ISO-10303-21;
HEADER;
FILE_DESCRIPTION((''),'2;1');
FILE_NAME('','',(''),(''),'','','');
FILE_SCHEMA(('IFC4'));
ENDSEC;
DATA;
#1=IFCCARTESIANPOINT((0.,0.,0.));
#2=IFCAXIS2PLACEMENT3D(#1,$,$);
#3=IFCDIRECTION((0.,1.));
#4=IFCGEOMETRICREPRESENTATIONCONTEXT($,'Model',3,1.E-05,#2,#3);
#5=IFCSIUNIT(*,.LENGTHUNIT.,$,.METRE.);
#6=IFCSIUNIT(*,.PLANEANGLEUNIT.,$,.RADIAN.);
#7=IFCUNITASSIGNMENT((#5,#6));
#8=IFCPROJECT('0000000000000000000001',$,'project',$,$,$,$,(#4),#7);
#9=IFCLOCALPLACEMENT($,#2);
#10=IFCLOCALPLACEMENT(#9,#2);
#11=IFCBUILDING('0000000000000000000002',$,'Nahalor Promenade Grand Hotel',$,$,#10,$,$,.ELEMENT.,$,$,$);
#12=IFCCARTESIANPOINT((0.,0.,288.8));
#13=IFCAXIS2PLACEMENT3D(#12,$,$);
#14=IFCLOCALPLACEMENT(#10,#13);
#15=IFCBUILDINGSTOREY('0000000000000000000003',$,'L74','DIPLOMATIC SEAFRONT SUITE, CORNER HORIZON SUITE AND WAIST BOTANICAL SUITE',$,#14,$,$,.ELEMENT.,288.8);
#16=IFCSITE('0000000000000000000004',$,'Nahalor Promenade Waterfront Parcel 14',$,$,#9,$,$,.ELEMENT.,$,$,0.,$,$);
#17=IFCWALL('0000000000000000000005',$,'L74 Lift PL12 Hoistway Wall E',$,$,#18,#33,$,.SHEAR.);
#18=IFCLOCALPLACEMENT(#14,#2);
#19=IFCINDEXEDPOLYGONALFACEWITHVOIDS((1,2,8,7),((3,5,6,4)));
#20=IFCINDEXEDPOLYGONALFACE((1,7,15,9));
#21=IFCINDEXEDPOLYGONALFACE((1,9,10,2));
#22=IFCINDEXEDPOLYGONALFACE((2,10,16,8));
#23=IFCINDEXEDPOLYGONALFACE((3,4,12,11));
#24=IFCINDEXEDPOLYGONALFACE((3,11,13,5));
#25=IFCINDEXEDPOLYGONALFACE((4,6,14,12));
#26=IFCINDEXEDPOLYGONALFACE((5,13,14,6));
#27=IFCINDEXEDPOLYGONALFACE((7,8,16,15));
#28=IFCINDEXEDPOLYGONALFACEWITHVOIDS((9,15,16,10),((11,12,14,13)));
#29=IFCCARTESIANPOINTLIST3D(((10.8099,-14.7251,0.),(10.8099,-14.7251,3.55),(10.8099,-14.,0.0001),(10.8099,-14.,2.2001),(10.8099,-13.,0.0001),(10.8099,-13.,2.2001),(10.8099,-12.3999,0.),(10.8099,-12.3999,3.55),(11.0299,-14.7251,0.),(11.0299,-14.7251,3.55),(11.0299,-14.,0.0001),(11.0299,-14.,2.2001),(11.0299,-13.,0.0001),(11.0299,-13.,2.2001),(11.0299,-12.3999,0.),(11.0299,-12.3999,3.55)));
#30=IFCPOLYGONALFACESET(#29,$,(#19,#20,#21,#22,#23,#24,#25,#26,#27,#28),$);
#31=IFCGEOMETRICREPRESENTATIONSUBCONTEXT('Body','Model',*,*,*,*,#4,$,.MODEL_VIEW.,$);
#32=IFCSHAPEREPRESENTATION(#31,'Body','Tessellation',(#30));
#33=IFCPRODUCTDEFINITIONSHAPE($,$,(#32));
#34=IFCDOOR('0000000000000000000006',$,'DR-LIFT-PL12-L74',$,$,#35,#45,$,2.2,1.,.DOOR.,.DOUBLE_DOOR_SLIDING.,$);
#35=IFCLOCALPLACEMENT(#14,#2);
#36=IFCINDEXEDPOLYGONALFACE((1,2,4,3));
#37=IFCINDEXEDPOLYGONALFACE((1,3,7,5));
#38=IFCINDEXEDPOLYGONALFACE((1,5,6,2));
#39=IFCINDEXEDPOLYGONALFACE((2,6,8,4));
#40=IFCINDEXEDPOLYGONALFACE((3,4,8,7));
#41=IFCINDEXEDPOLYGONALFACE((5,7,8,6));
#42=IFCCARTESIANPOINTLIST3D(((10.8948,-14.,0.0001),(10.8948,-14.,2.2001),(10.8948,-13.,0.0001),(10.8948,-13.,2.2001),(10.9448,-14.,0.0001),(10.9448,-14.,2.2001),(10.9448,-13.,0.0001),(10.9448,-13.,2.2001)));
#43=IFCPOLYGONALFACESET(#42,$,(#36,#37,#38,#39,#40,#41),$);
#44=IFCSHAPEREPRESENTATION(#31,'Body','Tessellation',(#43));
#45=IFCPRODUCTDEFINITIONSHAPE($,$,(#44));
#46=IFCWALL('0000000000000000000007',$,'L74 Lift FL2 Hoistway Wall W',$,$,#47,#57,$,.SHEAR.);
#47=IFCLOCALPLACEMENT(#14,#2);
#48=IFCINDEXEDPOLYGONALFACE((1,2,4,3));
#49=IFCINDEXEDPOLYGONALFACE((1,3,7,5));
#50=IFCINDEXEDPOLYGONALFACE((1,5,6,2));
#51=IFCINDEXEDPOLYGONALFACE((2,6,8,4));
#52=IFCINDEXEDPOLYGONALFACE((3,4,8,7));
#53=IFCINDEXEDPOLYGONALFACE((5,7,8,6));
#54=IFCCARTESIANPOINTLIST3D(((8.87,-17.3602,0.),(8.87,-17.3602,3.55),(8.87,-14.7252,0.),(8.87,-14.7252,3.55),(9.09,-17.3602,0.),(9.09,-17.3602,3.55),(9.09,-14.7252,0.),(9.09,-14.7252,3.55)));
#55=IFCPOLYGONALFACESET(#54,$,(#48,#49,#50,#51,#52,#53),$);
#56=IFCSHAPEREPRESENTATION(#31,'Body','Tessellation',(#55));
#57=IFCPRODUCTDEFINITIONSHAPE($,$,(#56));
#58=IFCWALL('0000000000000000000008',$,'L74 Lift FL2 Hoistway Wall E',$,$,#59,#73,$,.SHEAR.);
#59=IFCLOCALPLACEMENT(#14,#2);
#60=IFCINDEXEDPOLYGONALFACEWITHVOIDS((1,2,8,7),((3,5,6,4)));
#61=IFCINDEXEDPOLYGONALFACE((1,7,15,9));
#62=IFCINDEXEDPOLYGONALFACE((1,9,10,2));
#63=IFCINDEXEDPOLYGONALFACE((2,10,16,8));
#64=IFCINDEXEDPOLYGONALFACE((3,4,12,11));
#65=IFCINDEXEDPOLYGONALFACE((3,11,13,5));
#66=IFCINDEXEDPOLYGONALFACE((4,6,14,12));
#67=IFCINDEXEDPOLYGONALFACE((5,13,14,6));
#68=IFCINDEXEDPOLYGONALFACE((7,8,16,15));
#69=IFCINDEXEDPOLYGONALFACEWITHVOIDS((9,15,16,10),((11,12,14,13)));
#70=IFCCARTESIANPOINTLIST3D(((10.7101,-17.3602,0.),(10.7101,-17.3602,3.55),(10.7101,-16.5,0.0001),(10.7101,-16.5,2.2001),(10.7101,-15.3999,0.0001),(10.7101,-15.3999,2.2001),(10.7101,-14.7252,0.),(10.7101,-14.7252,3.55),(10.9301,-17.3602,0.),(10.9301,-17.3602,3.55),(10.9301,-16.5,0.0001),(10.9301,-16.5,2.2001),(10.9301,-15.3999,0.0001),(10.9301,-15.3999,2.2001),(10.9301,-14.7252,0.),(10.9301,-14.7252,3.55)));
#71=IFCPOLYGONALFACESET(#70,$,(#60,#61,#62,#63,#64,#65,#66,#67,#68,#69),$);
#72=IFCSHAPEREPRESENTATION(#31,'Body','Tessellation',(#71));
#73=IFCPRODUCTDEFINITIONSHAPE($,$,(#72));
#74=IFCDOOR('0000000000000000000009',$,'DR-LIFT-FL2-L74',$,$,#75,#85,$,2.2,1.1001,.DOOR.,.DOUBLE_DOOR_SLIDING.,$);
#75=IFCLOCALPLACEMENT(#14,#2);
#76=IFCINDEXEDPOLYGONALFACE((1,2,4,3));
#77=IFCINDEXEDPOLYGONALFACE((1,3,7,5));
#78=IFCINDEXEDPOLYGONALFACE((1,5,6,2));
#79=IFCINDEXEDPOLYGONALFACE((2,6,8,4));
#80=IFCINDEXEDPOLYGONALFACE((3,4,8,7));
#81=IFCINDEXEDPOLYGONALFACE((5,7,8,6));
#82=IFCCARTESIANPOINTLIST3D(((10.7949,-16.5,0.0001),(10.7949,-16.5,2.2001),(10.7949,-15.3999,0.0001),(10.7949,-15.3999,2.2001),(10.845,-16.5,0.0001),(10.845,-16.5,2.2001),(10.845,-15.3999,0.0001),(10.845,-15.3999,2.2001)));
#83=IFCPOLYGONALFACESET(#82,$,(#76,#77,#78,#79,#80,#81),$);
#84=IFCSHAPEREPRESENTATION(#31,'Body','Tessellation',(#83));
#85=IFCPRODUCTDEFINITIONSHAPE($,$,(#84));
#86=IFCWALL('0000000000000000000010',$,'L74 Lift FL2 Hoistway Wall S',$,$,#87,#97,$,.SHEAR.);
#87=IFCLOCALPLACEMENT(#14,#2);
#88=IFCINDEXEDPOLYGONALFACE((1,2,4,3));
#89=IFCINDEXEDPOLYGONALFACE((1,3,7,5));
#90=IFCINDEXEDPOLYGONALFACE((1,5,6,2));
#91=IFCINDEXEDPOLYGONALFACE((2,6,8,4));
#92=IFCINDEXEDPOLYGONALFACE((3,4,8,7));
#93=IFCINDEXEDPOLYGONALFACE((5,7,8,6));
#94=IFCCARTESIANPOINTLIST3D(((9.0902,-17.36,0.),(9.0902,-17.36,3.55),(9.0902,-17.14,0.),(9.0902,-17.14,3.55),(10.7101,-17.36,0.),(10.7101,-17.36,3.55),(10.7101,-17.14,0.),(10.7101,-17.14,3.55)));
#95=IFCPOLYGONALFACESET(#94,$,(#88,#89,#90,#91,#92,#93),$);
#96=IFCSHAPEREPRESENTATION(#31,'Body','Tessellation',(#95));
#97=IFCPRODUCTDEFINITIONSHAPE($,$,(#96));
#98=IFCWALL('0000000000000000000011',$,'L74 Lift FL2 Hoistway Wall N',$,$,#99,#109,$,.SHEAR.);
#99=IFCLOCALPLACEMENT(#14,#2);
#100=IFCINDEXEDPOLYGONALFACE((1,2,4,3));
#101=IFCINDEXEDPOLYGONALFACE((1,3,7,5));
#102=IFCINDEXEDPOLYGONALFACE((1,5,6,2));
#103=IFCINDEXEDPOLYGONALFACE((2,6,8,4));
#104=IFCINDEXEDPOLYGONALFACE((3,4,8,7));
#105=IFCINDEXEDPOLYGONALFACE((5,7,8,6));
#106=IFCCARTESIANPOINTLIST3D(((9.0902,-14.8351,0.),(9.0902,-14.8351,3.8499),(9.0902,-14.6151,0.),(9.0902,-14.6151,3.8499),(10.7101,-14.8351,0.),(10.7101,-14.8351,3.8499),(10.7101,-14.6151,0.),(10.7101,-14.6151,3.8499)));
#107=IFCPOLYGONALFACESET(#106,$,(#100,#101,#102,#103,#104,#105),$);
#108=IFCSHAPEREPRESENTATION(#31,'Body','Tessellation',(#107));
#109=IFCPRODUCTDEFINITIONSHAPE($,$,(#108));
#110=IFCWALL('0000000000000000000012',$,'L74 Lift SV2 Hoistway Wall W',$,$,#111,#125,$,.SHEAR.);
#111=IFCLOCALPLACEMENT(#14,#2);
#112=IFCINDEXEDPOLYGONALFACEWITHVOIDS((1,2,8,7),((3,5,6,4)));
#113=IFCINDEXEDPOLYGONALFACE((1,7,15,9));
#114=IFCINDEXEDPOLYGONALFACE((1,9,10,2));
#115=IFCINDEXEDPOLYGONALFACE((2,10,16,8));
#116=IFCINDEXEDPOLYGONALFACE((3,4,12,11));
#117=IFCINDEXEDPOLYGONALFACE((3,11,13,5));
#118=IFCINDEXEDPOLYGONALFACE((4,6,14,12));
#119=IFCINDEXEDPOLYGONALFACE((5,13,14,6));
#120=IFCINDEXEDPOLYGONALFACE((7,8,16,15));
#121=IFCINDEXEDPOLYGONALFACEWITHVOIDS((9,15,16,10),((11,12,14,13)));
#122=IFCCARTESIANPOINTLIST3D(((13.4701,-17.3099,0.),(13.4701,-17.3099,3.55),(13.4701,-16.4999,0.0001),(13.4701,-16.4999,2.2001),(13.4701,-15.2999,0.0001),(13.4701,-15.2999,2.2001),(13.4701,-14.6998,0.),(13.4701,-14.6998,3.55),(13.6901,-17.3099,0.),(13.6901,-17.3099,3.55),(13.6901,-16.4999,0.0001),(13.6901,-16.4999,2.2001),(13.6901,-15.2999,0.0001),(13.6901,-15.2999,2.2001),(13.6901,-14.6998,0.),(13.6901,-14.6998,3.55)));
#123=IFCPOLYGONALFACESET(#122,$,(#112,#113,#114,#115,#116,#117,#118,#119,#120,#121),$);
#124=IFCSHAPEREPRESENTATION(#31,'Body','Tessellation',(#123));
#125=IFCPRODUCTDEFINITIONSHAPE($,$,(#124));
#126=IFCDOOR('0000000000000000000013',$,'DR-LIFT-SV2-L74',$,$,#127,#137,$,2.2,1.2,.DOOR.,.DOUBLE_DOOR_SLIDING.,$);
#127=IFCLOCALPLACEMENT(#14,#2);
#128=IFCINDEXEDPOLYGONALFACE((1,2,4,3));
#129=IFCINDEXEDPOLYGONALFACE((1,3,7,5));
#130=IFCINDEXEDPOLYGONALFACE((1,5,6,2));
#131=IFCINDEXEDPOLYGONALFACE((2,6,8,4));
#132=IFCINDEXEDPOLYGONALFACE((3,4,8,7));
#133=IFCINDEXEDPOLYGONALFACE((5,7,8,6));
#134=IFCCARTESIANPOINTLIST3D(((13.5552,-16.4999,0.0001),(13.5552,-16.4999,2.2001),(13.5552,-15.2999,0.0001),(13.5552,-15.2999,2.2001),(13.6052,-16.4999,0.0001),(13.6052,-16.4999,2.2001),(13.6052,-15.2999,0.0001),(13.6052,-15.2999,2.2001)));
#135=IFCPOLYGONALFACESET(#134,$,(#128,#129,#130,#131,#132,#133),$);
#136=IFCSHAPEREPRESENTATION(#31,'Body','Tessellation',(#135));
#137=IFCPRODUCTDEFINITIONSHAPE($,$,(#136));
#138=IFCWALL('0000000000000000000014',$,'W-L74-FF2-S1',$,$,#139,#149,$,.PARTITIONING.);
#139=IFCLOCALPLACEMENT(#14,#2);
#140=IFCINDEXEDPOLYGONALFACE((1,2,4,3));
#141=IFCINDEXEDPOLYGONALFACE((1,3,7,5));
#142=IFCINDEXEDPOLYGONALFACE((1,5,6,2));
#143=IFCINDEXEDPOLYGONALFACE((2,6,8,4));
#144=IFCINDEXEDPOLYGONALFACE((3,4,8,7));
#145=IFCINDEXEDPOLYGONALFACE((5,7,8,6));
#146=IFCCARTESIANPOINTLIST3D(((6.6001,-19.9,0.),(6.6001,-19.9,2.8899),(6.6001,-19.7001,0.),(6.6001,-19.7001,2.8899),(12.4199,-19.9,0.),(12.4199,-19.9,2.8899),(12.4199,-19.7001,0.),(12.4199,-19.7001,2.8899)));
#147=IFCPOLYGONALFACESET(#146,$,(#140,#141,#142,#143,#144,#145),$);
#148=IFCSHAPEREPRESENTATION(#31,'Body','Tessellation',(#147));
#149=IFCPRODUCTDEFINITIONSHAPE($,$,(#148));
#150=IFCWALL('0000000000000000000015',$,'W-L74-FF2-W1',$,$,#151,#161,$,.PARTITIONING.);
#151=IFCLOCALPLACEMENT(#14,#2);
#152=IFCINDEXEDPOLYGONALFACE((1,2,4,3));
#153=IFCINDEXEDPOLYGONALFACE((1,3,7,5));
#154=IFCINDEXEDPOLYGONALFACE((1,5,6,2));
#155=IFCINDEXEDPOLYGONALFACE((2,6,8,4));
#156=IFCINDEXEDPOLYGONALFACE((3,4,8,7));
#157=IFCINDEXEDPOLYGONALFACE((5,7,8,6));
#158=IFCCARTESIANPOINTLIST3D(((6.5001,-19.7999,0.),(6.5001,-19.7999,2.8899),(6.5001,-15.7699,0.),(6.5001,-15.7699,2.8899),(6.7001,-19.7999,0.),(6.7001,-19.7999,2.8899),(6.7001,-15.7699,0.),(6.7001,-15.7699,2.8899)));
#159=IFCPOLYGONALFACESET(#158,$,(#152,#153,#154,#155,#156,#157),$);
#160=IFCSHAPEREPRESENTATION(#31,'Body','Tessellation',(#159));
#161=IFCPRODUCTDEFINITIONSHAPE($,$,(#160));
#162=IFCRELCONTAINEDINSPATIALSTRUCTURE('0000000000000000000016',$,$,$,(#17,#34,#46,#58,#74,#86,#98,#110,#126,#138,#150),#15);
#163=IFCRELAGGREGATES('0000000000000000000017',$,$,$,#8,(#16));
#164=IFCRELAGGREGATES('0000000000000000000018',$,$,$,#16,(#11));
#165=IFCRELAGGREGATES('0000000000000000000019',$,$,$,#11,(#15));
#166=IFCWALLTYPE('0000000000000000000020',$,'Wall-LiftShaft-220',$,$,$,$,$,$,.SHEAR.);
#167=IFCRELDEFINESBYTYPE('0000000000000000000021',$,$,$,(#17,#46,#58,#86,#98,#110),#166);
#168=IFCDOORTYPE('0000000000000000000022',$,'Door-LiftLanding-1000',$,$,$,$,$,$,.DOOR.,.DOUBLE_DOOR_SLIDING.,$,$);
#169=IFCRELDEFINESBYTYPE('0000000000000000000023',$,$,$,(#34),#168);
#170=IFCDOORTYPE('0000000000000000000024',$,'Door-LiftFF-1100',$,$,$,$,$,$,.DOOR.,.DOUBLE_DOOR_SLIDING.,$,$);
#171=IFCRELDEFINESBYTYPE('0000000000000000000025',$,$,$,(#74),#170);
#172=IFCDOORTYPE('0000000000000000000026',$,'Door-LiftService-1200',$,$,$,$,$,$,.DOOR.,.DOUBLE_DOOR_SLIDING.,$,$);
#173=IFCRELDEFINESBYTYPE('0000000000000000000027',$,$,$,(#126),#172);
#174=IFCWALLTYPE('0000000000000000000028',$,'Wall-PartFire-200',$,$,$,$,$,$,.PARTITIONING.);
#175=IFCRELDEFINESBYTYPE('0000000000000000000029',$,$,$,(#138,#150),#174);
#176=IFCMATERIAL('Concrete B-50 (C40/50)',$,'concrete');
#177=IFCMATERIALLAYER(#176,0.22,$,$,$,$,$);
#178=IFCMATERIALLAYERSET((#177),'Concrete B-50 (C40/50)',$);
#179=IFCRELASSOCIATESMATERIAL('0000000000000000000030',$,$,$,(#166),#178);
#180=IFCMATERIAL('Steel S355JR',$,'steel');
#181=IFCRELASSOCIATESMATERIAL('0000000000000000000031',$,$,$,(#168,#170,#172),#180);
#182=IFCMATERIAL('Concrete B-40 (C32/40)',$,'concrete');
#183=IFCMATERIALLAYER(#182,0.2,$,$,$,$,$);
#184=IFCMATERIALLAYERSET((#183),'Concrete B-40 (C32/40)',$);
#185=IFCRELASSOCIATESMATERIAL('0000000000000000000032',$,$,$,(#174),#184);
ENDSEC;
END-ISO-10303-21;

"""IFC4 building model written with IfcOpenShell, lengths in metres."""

from ifc_helpers import new_model, si_unit, direction, frame, frame_2d, origin, place, context, subcontext, project, spatial, rectangle, extrude, source, transform, mapped, material, layer, layer_set, type_object, element, fill, save


model = new_model("IFC4")

# Units and contexts
model_context = context("Model", 3, precision=1e-05, world=origin(), true_north=direction((0.0, 1.0)))
body_context = subcontext(model_context, "Body", "Model", "MODEL_VIEW")
ifc_project = project(units=[si_unit("LENGTHUNIT", "METRE"), si_unit("PLANEANGLEUNIT", "RADIAN")], contexts=[model_context])

# Site, building, storey
site_placement = place(None, origin())
site = spatial("IfcSite", under=ifc_project, at=site_placement, Name="Nahalor Promenade Waterfront Parcel 14", CompositionType="ELEMENT", RefElevation=0.0)
building_placement = place(site_placement, origin())
building = spatial("IfcBuilding", under=site, at=building_placement, Name="Nahalor Promenade Grand Hotel", CompositionType="ELEMENT")
storey_placement = place(building_placement, frame((0.0, 0.0, 288.8)))
storey = spatial("IfcBuildingStorey", under=building, at=storey_placement, Name="L74", Description="DIPLOMATIC SEAFRONT SUITE, CORNER HORIZON SUITE AND WAIST BOTANICAL SUITE", CompositionType="ELEMENT", Elevation=288.8)

# Shared definitions
ifc_material_1 = material(Name="Concrete B-50 (C40/50)", Category="concrete")
ifc_material_2 = material(Name="Steel S355JR", Category="steel")

# Shared definitions
ifc_layer_1 = layer(ifc_material_1, 0.22)
ifc_layer_set_1 = layer_set([ifc_layer_1], Name="Concrete B-50 (C40/50)")
wall_type_1 = type_object("IfcWallType", Name="Wall-LiftShaft-220", PredefinedType="SHEAR", material=ifc_layer_set_1)
shared_shape_1 = source(origin(), body_context, "Body", "SweptSolid", [
    extrude(rectangle(XDim=2.3252, YDim=0.22, at=frame_2d((1.1626, 0.0))), origin(), (0.0, 0.0, 1.0), 3.55),
])

# Wall, opening, door
wall_1_placement = place(storey_placement, frame((10.9199, -14.7251, 0.0), z_axis=(0.0, 0.0, 1.0), x_axis=(0.0, 1.0, 0.0)))
wall_1 = element("IfcWall", 1, at=wall_1_placement, inside=storey, type_object=wall_type_1, Name="L74 Lift PL12 Hoistway Wall E", PredefinedType="SHEAR", context=body_context, shape_type="MappedRepresentation", body=[
    mapped(shared_shape_1, transform((0.0, 0.0, 0.0), scale=1.0)),
])
opening_1_placement = place(wall_1_placement, frame((0.7251, 0.0, 0.0)))
opening_1 = element("IfcOpeningElement", 2, at=opening_1_placement, cuts=wall_1, PredefinedType="OPENING", context=body_context, shape_type="SweptSolid", body=[
    extrude(rectangle(XDim=1.0, YDim=2.2, at=frame_2d((0.5, 1.1001))), frame((0.0, 0.1199, 0.0), z_axis=(0.0, -1.0, 0.0), x_axis=(1.0, 0.0, 0.0)), (0.0, 0.0, 1.0), 0.24),
])
door_type_1 = type_object("IfcDoorType", Name="Door-LiftLanding-1000", OperationType="DOUBLE_DOOR_SLIDING", PredefinedType="DOOR", material=ifc_material_2)
shared_shape_2 = source(origin(), body_context, "Body", "SweptSolid", [
    extrude(rectangle(XDim=1.0, YDim=2.2, at=frame_2d((0.5, 1.1001))), frame((0.0, 0.0249, 0.0), z_axis=(0.0, -1.0, 0.0), x_axis=(1.0, 0.0, 0.0)), (0.0, 0.0, 1.0), 0.05),
])
door_1_placement = place(opening_1_placement, frame((1.0, 0.0, 0.0), z_axis=(0.0, 0.0, 1.0), x_axis=(-1.0, 0.0, 0.0)))
door_1 = element("IfcDoor", 3, at=door_1_placement, inside=storey, type_object=door_type_1, Name="DR-LIFT-PL12-L74", OperationType="DOUBLE_DOOR_SLIDING", OverallHeight=2.2, OverallWidth=1.0, PredefinedType="DOOR", context=body_context, shape_type="MappedRepresentation", body=[
    mapped(shared_shape_2, transform((0.0, 0.0, 0.0), scale=1.0)),
])
fill(opening_1, door_1)

# Wall
shared_shape_3 = source(origin(), body_context, "Body", "SweptSolid", [
    extrude(rectangle(XDim=2.635, YDim=0.22, at=frame_2d((1.3174, 0.0))), origin(), (0.0, 0.0, 1.0), 3.55),
])
wall_2_placement = place(storey_placement, frame((8.98, -17.3601, 0.0), z_axis=(0.0, 0.0, 1.0), x_axis=(0.0, 1.0, 0.0)))
element("IfcWall", 4, at=wall_2_placement, inside=storey, type_object=wall_type_1, Name="L74 Lift FL2 Hoistway Wall W", PredefinedType="SHEAR", context=body_context, shape_type="MappedRepresentation", body=[
    mapped(shared_shape_3, transform((0.0, 0.0, 0.0), scale=1.0)),
])

# Wall, opening, door
wall_3_placement = place(storey_placement, frame((10.8201, -17.3601, 0.0), z_axis=(0.0, 0.0, 1.0), x_axis=(0.0, 1.0, 0.0)))
wall_3 = element("IfcWall", 5, at=wall_3_placement, inside=storey, type_object=wall_type_1, Name="L74 Lift FL2 Hoistway Wall E", PredefinedType="SHEAR", context=body_context, shape_type="MappedRepresentation", body=[
    mapped(shared_shape_3, transform((0.0, 0.0, 0.0), scale=1.0)),
])
opening_2_placement = place(wall_3_placement, frame((0.8601, 0.0, 0.0)))
opening_2 = element("IfcOpeningElement", 6, at=opening_2_placement, cuts=wall_3, PredefinedType="OPENING", context=body_context, shape_type="SweptSolid", body=[
    extrude(rectangle(XDim=1.1001, YDim=2.2, at=frame_2d((0.55, 1.1001))), frame((0.0, 0.1199, 0.0), z_axis=(0.0, -1.0, 0.0), x_axis=(1.0, 0.0, 0.0)), (0.0, 0.0, 1.0), 0.24),
])
door_type_2 = type_object("IfcDoorType", Name="Door-LiftFF-1100", OperationType="DOUBLE_DOOR_SLIDING", PredefinedType="DOOR", material=ifc_material_2)
shared_shape_4 = source(origin(), body_context, "Body", "SweptSolid", [
    extrude(rectangle(XDim=1.1001, YDim=2.2, at=frame_2d((0.55, 1.1001))), frame((0.0, 0.0249, 0.0), z_axis=(0.0, -1.0, 0.0), x_axis=(1.0, 0.0, 0.0)), (0.0, 0.0, 1.0), 0.05),
])
door_2_placement = place(opening_2_placement, frame((1.1001, 0.0, 0.0), z_axis=(0.0, 0.0, 1.0), x_axis=(-1.0, 0.0, 0.0)))
door_2 = element("IfcDoor", 7, at=door_2_placement, inside=storey, type_object=door_type_2, Name="DR-LIFT-FL2-L74", OperationType="DOUBLE_DOOR_SLIDING", OverallHeight=2.2, OverallWidth=1.1001, PredefinedType="DOOR", context=body_context, shape_type="MappedRepresentation", body=[
    mapped(shared_shape_4, transform((0.0, 0.0, 0.0), scale=1.0)),
])
fill(opening_2, door_2)

# Walls
shared_shape_5 = source(origin(), body_context, "Body", "SweptSolid", [
    extrude(rectangle(XDim=1.6199, YDim=0.22, at=frame_2d((0.8101, 0.0))), origin(), (0.0, 0.0, 1.0), 3.55),
])
wall_4_placement = place(storey_placement, frame((9.0901, -17.25, 0.0), z_axis=(0.0, 0.0, 1.0), x_axis=(1.0, 0.0, 0.0)))
element("IfcWall", 8, at=wall_4_placement, inside=storey, type_object=wall_type_1, Name="L74 Lift FL2 Hoistway Wall S", PredefinedType="SHEAR", context=body_context, shape_type="MappedRepresentation", body=[
    mapped(shared_shape_5, transform((0.0, 0.0, 0.0), scale=1.0)),
])
shared_shape_6 = source(origin(), body_context, "Body", "SweptSolid", [
    extrude(rectangle(XDim=1.6199, YDim=0.22, at=frame_2d((0.8101, 0.0))), origin(), (0.0, 0.0, 1.0), 3.8499),
])
wall_5_placement = place(storey_placement, frame((9.0901, -14.7251, 0.0), z_axis=(0.0, 0.0, 1.0), x_axis=(1.0, 0.0, 0.0)))
element("IfcWall", 9, at=wall_5_placement, inside=storey, type_object=wall_type_1, Name="L74 Lift FL2 Hoistway Wall N", PredefinedType="SHEAR", context=body_context, shape_type="MappedRepresentation", body=[
    mapped(shared_shape_6, transform((0.0, 0.0, 0.0), scale=1.0)),
])

# Wall, opening, door
shared_shape_7 = source(origin(), body_context, "Body", "SweptSolid", [
    extrude(rectangle(XDim=2.6101, YDim=0.22, at=frame_2d((1.3052, 0.0))), origin(), (0.0, 0.0, 1.0), 3.55),
])
wall_6_placement = place(storey_placement, frame((13.5801, -17.3101, 0.0), z_axis=(0.0, 0.0, 1.0), x_axis=(0.0, 1.0, 0.0)))
wall_6 = element("IfcWall", 10, at=wall_6_placement, inside=storey, type_object=wall_type_1, Name="L74 Lift SV2 Hoistway Wall W", PredefinedType="SHEAR", context=body_context, shape_type="MappedRepresentation", body=[
    mapped(shared_shape_7, transform((0.0, 0.0, 0.0), scale=1.0)),
])
opening_3_placement = place(wall_6_placement, frame((0.8101, 0.0, 0.0)))
opening_3 = element("IfcOpeningElement", 11, at=opening_3_placement, cuts=wall_6, PredefinedType="OPENING", context=body_context, shape_type="SweptSolid", body=[
    extrude(rectangle(XDim=1.2, YDim=2.2, at=frame_2d((0.6001, 1.1001))), frame((0.0, 0.1199, 0.0), z_axis=(0.0, -1.0, 0.0), x_axis=(1.0, 0.0, 0.0)), (0.0, 0.0, 1.0), 0.24),
])
door_type_3 = type_object("IfcDoorType", Name="Door-LiftService-1200", OperationType="DOUBLE_DOOR_SLIDING", PredefinedType="DOOR", material=ifc_material_2)
shared_shape_8 = source(origin(), body_context, "Body", "SweptSolid", [
    extrude(rectangle(XDim=1.2, YDim=2.2, at=frame_2d((0.6001, 1.1001))), frame((0.0, 0.0249, 0.0), z_axis=(0.0, -1.0, 0.0), x_axis=(1.0, 0.0, 0.0)), (0.0, 0.0, 1.0), 0.05),
])
door_3_placement = place(opening_3_placement, origin())
door_3 = element("IfcDoor", 12, at=door_3_placement, inside=storey, type_object=door_type_3, Name="DR-LIFT-SV2-L74", OperationType="DOUBLE_DOOR_SLIDING", OverallHeight=2.2, OverallWidth=1.2, PredefinedType="DOOR", context=body_context, shape_type="MappedRepresentation", body=[
    mapped(shared_shape_8, transform((0.0, 0.0, 0.0), scale=1.0)),
])
fill(opening_3, door_3)

# Walls
ifc_material_3 = material(Name="Concrete B-40 (C32/40)", Category="concrete")
ifc_layer_2 = layer(ifc_material_3, 0.2)
ifc_layer_set_2 = layer_set([ifc_layer_2], Name="Concrete B-40 (C32/40)")
wall_type_2 = type_object("IfcWallType", Name="Wall-PartFire-200", PredefinedType="PARTITIONING", material=ifc_layer_set_2)
shared_shape_9 = source(origin(), body_context, "Body", "SweptSolid", [
    extrude(rectangle(XDim=5.8198, YDim=0.2, at=frame_2d((2.9099, 0.0))), origin(), (0.0, 0.0, 1.0), 2.8899),
])
wall_7_placement = place(storey_placement, frame((6.6001, -19.8, 0.0), z_axis=(0.0, 0.0, 1.0), x_axis=(1.0, 0.0, 0.0)))
element("IfcWall", 13, at=wall_7_placement, inside=storey, type_object=wall_type_2, Name="W-L74-FF2-S1", PredefinedType="PARTITIONING", context=body_context, shape_type="MappedRepresentation", body=[
    mapped(shared_shape_9, transform((0.0, 0.0, 0.0), scale=1.0)),
])
shared_shape_10 = source(origin(), body_context, "Body", "SweptSolid", [
    extrude(rectangle(XDim=4.03, YDim=0.2, at=frame_2d((2.0151, 0.0))), origin(), (0.0, 0.0, 1.0), 2.8899),
])
wall_8_placement = place(storey_placement, frame((6.6001, -19.8, 0.0), z_axis=(0.0, 0.0, 1.0), x_axis=(0.0, 1.0, 0.0)))
element("IfcWall", 14, at=wall_8_placement, inside=storey, type_object=wall_type_2, Name="W-L74-FF2-W1", PredefinedType="PARTITIONING", context=body_context, shape_type="MappedRepresentation", body=[
    mapped(shared_shape_10, transform((0.0, 0.0, 0.0), scale=1.0)),
])

save(model, "model.ifc")
